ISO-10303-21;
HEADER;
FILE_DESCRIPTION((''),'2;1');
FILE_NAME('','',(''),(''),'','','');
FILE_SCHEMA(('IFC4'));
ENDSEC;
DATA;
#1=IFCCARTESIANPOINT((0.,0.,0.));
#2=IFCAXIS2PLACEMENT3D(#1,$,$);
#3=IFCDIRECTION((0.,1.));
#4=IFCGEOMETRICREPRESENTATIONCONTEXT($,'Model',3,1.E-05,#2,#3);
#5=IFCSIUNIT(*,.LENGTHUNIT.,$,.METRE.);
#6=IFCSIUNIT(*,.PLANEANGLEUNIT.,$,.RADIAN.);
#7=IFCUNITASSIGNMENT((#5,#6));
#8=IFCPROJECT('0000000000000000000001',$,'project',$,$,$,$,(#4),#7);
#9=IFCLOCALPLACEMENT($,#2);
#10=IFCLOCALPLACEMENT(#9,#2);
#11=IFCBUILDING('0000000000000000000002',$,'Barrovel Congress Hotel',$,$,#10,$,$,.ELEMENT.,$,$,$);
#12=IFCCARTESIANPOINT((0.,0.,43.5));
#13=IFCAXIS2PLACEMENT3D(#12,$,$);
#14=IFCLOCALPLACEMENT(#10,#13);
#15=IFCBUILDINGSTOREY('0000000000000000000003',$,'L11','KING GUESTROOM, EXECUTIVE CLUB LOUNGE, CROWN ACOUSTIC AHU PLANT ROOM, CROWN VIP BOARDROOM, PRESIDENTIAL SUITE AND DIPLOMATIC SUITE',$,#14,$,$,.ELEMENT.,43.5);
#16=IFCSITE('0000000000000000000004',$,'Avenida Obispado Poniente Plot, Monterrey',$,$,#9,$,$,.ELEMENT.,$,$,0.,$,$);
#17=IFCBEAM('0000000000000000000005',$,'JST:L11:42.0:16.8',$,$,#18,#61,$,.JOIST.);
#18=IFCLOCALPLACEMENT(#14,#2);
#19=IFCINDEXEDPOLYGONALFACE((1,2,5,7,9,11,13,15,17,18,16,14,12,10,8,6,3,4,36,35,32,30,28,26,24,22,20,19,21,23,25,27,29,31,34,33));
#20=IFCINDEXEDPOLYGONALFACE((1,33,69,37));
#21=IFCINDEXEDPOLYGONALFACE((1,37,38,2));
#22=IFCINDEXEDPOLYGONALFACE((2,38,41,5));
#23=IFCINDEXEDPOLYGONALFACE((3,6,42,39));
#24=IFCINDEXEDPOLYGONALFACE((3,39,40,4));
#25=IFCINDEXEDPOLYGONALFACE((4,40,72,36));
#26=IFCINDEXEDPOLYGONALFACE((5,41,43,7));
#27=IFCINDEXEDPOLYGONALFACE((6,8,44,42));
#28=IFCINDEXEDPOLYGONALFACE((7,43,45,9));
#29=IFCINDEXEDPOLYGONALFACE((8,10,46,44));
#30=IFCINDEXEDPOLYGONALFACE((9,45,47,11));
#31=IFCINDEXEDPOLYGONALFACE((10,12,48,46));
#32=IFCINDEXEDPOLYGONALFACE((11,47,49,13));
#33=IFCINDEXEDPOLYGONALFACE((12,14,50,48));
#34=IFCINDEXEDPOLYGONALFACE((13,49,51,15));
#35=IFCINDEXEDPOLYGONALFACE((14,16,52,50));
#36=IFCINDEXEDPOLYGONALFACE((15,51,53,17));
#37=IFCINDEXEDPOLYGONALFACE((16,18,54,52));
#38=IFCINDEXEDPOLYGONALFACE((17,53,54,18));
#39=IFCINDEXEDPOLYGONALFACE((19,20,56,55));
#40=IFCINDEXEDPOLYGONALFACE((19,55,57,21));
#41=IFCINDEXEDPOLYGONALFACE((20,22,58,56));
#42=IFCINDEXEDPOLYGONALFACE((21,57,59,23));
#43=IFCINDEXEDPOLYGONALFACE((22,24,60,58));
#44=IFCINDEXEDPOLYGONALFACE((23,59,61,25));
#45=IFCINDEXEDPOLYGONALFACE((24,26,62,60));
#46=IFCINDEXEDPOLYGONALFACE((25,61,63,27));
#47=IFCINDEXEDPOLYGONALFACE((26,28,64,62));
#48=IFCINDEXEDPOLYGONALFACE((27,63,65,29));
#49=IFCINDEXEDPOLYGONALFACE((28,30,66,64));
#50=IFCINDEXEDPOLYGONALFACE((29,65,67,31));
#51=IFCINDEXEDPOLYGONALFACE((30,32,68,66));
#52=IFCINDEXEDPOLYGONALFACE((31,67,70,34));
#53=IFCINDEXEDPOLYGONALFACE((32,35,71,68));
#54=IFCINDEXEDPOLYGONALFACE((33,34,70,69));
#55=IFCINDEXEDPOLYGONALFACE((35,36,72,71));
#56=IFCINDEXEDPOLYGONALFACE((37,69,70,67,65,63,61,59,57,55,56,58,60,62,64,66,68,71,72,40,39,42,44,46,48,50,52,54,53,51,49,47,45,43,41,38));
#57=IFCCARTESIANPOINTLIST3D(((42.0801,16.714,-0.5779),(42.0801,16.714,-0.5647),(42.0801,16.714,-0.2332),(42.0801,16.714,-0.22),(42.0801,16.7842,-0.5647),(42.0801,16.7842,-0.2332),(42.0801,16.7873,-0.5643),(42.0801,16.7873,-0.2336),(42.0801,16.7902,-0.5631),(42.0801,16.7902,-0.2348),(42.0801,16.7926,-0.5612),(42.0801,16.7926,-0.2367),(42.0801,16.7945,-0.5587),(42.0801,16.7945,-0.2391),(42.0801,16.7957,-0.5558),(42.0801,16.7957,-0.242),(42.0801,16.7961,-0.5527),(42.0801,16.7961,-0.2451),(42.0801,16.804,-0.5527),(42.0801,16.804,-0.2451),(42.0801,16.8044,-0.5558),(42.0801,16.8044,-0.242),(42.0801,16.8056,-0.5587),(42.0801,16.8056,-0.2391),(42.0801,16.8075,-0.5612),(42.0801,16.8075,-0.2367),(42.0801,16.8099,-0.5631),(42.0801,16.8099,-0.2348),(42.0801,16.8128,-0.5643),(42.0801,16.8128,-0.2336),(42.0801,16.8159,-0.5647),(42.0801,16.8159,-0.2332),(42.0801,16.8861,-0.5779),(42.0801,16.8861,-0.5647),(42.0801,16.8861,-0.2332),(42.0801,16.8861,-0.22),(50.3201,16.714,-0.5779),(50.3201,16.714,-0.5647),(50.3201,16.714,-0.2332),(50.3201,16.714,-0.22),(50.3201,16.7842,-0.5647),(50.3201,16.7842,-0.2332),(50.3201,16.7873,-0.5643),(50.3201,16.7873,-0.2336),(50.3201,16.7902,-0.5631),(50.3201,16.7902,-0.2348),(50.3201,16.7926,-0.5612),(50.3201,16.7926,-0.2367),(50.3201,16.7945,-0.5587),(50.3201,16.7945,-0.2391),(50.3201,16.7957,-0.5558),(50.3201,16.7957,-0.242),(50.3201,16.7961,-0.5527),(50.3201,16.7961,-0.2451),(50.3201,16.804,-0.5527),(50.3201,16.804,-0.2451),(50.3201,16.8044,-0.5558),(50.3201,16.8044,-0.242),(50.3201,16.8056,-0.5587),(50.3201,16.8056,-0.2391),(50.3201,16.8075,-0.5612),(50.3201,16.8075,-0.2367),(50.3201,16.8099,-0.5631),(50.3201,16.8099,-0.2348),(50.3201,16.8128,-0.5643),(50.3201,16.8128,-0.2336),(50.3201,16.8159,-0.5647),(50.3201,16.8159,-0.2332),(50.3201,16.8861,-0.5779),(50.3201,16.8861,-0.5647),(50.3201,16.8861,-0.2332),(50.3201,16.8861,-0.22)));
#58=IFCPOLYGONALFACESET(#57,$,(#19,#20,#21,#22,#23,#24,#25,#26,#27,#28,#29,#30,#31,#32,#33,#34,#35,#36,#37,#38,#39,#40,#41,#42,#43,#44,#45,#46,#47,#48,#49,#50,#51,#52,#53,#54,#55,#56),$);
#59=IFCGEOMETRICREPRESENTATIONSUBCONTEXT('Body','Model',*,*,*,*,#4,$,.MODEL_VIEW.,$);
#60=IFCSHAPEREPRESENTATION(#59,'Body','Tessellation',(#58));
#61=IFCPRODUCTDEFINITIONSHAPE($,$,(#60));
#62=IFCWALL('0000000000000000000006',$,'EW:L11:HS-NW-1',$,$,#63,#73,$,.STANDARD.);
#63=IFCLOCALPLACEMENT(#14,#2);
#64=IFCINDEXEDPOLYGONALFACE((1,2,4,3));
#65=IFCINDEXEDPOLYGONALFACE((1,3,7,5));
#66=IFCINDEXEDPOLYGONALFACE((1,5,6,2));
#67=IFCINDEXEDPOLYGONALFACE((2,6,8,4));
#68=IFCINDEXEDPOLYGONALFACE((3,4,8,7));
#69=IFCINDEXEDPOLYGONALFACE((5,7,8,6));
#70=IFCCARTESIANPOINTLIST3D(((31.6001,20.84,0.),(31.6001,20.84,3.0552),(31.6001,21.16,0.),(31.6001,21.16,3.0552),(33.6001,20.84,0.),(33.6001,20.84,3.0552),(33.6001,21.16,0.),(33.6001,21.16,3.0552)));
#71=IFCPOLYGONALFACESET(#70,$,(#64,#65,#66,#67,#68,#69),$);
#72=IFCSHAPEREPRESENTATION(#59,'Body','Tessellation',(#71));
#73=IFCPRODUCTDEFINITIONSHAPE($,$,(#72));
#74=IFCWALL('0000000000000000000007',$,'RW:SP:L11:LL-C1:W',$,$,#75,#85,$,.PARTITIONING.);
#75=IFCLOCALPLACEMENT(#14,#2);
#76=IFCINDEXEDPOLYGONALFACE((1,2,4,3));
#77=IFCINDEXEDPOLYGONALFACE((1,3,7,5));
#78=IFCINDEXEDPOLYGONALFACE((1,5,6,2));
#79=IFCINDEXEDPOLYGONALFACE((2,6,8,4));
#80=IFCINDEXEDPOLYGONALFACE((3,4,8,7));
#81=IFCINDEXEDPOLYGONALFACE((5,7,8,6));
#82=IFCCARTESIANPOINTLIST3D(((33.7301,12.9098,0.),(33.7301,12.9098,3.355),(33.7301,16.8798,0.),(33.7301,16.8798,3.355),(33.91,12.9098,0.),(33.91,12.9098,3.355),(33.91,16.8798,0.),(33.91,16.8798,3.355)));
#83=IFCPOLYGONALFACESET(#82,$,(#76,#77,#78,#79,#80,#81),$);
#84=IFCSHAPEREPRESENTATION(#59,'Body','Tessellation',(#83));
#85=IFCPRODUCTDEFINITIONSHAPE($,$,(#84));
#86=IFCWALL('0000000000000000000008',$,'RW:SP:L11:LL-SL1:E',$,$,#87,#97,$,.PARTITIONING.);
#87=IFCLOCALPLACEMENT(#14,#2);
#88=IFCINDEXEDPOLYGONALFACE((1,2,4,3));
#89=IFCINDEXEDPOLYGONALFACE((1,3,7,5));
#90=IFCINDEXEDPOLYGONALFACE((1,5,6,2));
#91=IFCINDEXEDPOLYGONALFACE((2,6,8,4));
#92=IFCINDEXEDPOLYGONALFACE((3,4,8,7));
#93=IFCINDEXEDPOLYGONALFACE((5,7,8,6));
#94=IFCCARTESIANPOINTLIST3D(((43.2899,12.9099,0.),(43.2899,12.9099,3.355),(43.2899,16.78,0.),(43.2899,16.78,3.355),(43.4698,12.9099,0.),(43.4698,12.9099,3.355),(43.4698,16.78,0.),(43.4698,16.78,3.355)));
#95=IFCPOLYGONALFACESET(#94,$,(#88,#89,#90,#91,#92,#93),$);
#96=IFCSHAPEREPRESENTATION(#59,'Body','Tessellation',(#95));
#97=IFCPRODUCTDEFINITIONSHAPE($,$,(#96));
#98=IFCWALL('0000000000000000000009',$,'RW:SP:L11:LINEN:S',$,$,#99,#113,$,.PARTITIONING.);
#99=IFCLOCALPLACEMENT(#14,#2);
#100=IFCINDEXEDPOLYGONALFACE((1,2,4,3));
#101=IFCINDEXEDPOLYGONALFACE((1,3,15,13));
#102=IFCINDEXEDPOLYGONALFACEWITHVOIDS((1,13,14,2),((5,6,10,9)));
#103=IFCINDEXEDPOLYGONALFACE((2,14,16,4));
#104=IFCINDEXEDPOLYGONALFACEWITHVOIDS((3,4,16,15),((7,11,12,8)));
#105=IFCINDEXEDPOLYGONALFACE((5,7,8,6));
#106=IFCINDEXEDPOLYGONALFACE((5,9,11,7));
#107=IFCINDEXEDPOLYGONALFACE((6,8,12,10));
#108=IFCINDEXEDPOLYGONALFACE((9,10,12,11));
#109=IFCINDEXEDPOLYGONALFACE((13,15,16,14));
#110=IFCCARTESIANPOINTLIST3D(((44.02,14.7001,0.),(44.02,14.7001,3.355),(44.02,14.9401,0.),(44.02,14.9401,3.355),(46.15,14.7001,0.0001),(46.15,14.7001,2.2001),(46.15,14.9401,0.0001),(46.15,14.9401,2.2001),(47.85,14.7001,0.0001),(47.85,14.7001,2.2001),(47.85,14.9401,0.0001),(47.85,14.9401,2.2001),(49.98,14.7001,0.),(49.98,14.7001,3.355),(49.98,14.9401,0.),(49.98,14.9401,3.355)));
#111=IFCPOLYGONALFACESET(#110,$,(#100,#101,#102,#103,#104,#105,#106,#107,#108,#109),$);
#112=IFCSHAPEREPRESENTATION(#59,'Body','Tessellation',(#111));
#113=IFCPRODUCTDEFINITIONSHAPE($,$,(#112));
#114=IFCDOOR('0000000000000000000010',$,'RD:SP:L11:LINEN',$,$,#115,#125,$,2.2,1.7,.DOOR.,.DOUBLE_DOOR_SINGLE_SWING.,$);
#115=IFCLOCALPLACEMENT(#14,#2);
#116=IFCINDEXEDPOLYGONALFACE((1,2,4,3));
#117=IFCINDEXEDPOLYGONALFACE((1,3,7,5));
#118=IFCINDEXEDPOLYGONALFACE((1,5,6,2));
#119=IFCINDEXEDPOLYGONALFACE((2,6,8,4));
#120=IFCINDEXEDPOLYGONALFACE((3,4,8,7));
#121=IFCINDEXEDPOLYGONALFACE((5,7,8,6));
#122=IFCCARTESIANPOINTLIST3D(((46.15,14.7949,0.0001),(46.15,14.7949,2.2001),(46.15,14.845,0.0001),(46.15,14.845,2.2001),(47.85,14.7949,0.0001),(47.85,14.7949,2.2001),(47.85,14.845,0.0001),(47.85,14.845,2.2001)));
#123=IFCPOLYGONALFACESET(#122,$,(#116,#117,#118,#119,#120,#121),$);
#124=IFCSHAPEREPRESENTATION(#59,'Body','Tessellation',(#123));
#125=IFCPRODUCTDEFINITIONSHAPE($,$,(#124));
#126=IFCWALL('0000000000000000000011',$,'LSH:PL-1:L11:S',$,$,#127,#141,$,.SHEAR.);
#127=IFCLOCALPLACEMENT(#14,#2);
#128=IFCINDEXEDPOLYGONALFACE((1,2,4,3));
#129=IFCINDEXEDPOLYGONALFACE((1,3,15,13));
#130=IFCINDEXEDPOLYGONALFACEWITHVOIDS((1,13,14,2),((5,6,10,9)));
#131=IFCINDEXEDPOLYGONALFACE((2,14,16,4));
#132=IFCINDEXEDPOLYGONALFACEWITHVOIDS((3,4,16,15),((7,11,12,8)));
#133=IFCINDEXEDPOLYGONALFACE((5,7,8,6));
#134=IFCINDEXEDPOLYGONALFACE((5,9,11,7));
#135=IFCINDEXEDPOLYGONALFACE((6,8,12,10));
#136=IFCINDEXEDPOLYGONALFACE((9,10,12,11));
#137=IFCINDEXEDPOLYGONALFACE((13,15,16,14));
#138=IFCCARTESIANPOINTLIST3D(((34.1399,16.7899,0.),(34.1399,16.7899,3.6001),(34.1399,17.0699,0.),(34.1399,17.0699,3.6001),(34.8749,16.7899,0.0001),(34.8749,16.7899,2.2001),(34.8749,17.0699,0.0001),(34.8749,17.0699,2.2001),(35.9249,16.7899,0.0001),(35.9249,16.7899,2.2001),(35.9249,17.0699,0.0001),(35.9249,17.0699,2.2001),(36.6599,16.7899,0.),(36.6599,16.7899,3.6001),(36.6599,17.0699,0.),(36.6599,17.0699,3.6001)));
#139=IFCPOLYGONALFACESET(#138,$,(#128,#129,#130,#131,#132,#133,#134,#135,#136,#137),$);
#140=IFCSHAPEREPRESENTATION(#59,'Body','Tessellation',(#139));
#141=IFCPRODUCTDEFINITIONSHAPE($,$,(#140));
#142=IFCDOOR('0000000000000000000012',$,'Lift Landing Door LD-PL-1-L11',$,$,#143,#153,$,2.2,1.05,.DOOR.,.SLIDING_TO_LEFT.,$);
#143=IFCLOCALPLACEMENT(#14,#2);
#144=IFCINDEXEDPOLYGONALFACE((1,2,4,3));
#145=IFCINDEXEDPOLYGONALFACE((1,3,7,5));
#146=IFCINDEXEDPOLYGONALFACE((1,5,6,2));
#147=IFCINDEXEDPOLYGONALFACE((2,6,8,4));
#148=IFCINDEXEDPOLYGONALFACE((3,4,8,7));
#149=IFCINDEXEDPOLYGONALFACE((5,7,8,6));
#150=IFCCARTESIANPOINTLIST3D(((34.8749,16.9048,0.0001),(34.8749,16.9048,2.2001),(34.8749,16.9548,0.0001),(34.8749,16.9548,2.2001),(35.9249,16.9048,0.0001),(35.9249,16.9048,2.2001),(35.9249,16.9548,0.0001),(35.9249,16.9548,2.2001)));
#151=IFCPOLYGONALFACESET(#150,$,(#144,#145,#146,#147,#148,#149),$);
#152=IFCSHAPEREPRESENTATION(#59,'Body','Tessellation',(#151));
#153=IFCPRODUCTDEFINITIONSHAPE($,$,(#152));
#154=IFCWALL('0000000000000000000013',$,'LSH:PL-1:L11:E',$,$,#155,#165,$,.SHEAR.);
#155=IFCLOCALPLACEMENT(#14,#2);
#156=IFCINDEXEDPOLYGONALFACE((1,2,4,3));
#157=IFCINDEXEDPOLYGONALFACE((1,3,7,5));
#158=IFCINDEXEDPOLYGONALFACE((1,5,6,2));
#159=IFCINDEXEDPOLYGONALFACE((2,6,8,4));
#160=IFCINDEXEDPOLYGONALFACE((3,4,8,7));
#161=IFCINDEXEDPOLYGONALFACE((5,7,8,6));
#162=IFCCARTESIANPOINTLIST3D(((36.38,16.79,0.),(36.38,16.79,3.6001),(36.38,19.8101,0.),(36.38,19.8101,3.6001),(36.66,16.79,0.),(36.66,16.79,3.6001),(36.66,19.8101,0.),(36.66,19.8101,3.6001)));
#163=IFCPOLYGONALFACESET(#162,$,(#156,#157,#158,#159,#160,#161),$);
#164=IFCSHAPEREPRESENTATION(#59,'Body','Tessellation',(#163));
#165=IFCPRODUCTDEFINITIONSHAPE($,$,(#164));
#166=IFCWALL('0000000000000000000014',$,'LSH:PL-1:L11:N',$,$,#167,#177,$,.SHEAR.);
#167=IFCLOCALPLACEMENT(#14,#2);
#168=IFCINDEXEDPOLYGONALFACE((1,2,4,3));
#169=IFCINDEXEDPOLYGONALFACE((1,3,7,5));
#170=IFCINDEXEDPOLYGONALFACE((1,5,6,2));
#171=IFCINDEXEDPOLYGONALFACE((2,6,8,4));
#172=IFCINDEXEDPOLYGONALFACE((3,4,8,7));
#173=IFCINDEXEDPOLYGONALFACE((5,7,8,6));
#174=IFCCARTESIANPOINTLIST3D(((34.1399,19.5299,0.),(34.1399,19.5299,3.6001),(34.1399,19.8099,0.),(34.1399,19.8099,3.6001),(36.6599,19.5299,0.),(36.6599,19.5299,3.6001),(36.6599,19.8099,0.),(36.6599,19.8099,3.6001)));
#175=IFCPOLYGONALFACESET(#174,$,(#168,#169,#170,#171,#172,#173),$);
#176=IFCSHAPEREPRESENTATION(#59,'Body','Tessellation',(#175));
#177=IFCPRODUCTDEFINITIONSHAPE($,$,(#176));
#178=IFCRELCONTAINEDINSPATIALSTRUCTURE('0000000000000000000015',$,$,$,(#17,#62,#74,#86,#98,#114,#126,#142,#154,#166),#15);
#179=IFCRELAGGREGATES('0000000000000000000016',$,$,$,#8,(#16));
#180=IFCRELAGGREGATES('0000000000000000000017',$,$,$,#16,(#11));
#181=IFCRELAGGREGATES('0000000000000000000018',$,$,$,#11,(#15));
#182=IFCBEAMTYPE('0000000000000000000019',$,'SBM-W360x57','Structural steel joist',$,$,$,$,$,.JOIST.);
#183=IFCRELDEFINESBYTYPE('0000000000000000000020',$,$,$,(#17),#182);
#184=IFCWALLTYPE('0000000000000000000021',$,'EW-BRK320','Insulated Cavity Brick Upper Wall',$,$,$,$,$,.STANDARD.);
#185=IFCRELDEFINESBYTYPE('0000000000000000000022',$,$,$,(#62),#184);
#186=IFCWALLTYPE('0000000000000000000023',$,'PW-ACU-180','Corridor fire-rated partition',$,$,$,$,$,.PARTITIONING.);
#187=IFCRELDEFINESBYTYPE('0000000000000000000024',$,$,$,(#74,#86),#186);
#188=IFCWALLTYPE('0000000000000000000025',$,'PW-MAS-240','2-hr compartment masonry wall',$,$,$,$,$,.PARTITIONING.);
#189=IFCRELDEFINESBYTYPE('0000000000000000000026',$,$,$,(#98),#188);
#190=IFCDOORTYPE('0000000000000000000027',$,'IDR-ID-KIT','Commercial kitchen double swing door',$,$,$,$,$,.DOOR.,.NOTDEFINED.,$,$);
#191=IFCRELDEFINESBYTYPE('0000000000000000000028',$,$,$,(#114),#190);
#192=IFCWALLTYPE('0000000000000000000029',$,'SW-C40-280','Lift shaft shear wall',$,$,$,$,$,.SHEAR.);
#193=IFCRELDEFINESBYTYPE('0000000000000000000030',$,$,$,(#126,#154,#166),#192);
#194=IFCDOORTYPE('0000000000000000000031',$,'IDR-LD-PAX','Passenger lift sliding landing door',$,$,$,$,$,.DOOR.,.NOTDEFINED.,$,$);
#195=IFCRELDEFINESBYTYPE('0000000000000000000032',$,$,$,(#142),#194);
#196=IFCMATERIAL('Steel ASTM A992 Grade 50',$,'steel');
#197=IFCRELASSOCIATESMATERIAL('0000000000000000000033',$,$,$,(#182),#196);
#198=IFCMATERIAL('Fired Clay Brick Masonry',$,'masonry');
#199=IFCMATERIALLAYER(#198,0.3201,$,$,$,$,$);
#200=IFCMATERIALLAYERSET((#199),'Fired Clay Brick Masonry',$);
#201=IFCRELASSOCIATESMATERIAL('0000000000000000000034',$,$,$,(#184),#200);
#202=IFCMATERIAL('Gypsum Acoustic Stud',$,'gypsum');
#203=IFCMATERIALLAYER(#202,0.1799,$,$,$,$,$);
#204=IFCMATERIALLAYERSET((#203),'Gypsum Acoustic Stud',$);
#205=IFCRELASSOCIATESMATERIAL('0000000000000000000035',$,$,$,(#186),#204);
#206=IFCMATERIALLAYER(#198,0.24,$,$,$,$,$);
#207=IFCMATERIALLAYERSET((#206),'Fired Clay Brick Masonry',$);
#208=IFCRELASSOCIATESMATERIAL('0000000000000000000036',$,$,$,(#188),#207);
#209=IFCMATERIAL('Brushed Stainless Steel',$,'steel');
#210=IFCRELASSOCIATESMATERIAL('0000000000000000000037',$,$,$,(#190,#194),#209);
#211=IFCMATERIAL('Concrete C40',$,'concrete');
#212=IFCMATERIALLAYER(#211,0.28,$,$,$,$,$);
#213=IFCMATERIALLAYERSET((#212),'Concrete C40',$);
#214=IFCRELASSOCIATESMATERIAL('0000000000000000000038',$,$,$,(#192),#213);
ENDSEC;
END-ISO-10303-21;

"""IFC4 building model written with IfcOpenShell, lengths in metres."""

from ifc_helpers import new_model, si_unit, direction, frame, frame_2d, origin, origin_2d, place, context, subcontext, project, spatial, rectangle, i_section, extrude, material, layer, layer_set, material_profile, profile_set, type_object, element, fill, save


model = new_model("IFC4")

# Units and contexts
model_context = context("Model", 3, precision=1e-05, world=origin(), true_north=direction((0.0, 1.0)))
body_context = subcontext(model_context, "Body", "Model", "MODEL_VIEW")
ifc_project = project(units=[si_unit("LENGTHUNIT", "METRE"), si_unit("PLANEANGLEUNIT", "RADIAN")], contexts=[model_context])

# Site, building, storey
site_placement = place(None, origin())
site = spatial("IfcSite", under=ifc_project, at=site_placement, Name="Avenida Obispado Poniente Plot, Monterrey", CompositionType="ELEMENT", RefElevation=0.0)
building_placement = place(site_placement, origin())
building = spatial("IfcBuilding", under=site, at=building_placement, Name="Barrovel Congress Hotel", CompositionType="ELEMENT")
storey_placement = place(building_placement, frame((0.0, 0.0, 43.5)))
storey = spatial("IfcBuildingStorey", under=building, at=storey_placement, Name="L11", Description="KING GUESTROOM, EXECUTIVE CLUB LOUNGE, CROWN ACOUSTIC AHU PLANT ROOM, CROWN VIP BOARDROOM, PRESIDENTIAL SUITE AND DIPLOMATIC SUITE", CompositionType="ELEMENT", Elevation=43.5)

# Shared definitions
ifc_material_1 = material(Name="Concrete C40", Category="concrete")

# Beam
ifc_material_2 = material(Name="Steel ASTM A992 Grade 50", Category="steel")
ifc_material_profile_1 = material_profile(ifc_material_2, i_section(OverallWidth=0.1721, OverallDepth=0.3579, WebThickness=0.0078, FlangeThickness=0.0132, FilletRadius=0.012, at=origin_2d()), Name="W360x57")
ifc_profile_set_1 = profile_set([ifc_material_profile_1], Name="Steel ASTM A992 Grade 50")
beam_type_1 = type_object("IfcBeamType", Name="SBM-W360x57", Description="Structural steel joist", PredefinedType="JOIST", material=ifc_profile_set_1)
beam_1_placement = place(storey_placement, frame((42.0801, 16.8, -0.3989), z_axis=(1.0, 0.0, 0.0), x_axis=(0.0, 1.0, 0.0)))
element("IfcBeam", 1, at=beam_1_placement, inside=storey, type_object=beam_type_1, Name="JST:L11:42.0:16.8", PredefinedType="JOIST", context=body_context, shape_type="SweptSolid", body=[
    extrude(i_section(OverallWidth=0.1721, OverallDepth=0.3579, WebThickness=0.0078, FlangeThickness=0.0132, FilletRadius=0.012, at=origin_2d()), origin(), (0.0, 0.0, 1.0), 8.24),
])

# Walls
ifc_material_3 = material(Name="Fired Clay Brick Masonry", Category="masonry")
ifc_layer_1 = layer(ifc_material_3, 0.3201)
ifc_layer_set_1 = layer_set([ifc_layer_1], Name="Fired Clay Brick Masonry")
wall_type_1 = type_object("IfcWallType", Name="EW-BRK320", Description="Insulated Cavity Brick Upper Wall", PredefinedType="STANDARD", material=ifc_layer_set_1)
wall_1_placement = place(storey_placement, frame((33.6001, 21.0, 0.0), z_axis=(0.0, 0.0, 1.0), x_axis=(-1.0, 0.0, 0.0)))
element("IfcWall", 2, at=wall_1_placement, inside=storey, type_object=wall_type_1, Name="EW:L11:HS-NW-1", PredefinedType="STANDARD", context=body_context, shape_type="SweptSolid", body=[
    extrude(rectangle(XDim=2.0, YDim=0.3201, at=frame_2d((1.0, 0.0))), origin(), (0.0, 0.0, 1.0), 3.0552),
])
ifc_material_4 = material(Name="Gypsum Acoustic Stud", Category="gypsum")
ifc_layer_2 = layer(ifc_material_4, 0.1799)
ifc_layer_set_2 = layer_set([ifc_layer_2], Name="Gypsum Acoustic Stud")
wall_type_2 = type_object("IfcWallType", Name="PW-ACU-180", Description="Corridor fire-rated partition", PredefinedType="PARTITIONING", material=ifc_layer_set_2)
wall_2_placement = place(storey_placement, frame((33.8201, 12.9099, 0.0), z_axis=(0.0, 0.0, 1.0), x_axis=(0.0, 1.0, 0.0)))
element("IfcWall", 3, at=wall_2_placement, inside=storey, type_object=wall_type_2, Name="RW:SP:L11:LL-C1:W", PredefinedType="PARTITIONING", context=body_context, shape_type="SweptSolid", body=[
    extrude(rectangle(XDim=3.97, YDim=0.1799, at=frame_2d((1.9849, 0.0))), origin(), (0.0, 0.0, 1.0), 3.355),
])

# Wall
wall_3_placement = place(storey_placement, frame((43.3799, 12.9099, 0.0), z_axis=(0.0, 0.0, 1.0), x_axis=(0.0, 1.0, 0.0)))
element("IfcWall", 4, at=wall_3_placement, inside=storey, type_object=wall_type_2, Name="RW:SP:L11:LL-SL1:E", PredefinedType="PARTITIONING", context=body_context, shape_type="SweptSolid", body=[
    extrude(rectangle(XDim=3.8701, YDim=0.1799, at=frame_2d((1.9351, 0.0))), origin(), (0.0, 0.0, 1.0), 3.355),
])

# Walls, openings, doors
ifc_layer_3 = layer(ifc_material_3, 0.24)
ifc_layer_set_3 = layer_set([ifc_layer_3], Name="Fired Clay Brick Masonry")
wall_type_3 = type_object("IfcWallType", Name="PW-MAS-240", Description="2-hr compartment masonry wall", PredefinedType="PARTITIONING", material=ifc_layer_set_3)
wall_4_placement = place(storey_placement, frame((44.02, 14.8201, 0.0), z_axis=(0.0, 0.0, 1.0), x_axis=(1.0, 0.0, 0.0)))
wall_4 = element("IfcWall", 5, at=wall_4_placement, inside=storey, type_object=wall_type_3, Name="RW:SP:L11:LINEN:S", PredefinedType="PARTITIONING", context=body_context, shape_type="SweptSolid", body=[
    extrude(rectangle(XDim=5.96, YDim=0.24, at=frame_2d((2.98, 0.0))), origin(), (0.0, 0.0, 1.0), 3.355),
])
opening_1_placement = place(wall_4_placement, frame((2.1299, 0.0, 0.0)))
opening_1 = element("IfcOpeningElement", 6, at=opening_1_placement, cuts=wall_4, PredefinedType="OPENING", context=body_context, shape_type="SweptSolid", body=[
    extrude(rectangle(XDim=1.7, YDim=2.2, at=frame_2d((0.8501, 1.1001))), frame((0.0, 0.1299, 0.0), z_axis=(0.0, -1.0, 0.0), x_axis=(1.0, 0.0, 0.0)), (0.0, 0.0, 1.0), 0.26),
])
ifc_material_5 = material(Name="Brushed Stainless Steel", Category="steel")
door_type_1 = type_object("IfcDoorType", Name="IDR-ID-KIT", Description="Commercial kitchen double swing door", OperationType="NOTDEFINED", PredefinedType="DOOR", material=ifc_material_5)
door_1_placement = place(opening_1_placement, origin())
door_1 = element("IfcDoor", 7, at=door_1_placement, inside=storey, type_object=door_type_1, Name="RD:SP:L11:LINEN", OperationType="DOUBLE_DOOR_SINGLE_SWING", OverallHeight=2.2, OverallWidth=1.7, PredefinedType="DOOR", context=body_context, shape_type="SweptSolid", body=[
    extrude(rectangle(XDim=1.7, YDim=2.2, at=frame_2d((0.8501, 1.1001))), frame((0.0, 0.0249, 0.0), z_axis=(0.0, -1.0, 0.0), x_axis=(1.0, 0.0, 0.0)), (0.0, 0.0, 1.0), 0.05),
])
fill(opening_1, door_1)
ifc_layer_4 = layer(ifc_material_1, 0.28)
ifc_layer_set_4 = layer_set([ifc_layer_4], Name="Concrete C40")
wall_type_4 = type_object("IfcWallType", Name="SW-C40-280", Description="Lift shaft shear wall", PredefinedType="SHEAR", material=ifc_layer_set_4)
wall_5_placement = place(storey_placement, frame((34.1399, 16.9299, 0.0), z_axis=(0.0, 0.0, 1.0), x_axis=(1.0, 0.0, 0.0)))
wall_5 = element("IfcWall", 8, at=wall_5_placement, inside=storey, type_object=wall_type_4, Name="LSH:PL-1:L11:S", PredefinedType="SHEAR", context=body_context, shape_type="SweptSolid", body=[
    extrude(rectangle(XDim=2.52, YDim=0.28, at=frame_2d((1.26, 0.0))), origin(), (0.0, 0.0, 1.0), 3.6001),
])
opening_2_placement = place(wall_5_placement, frame((0.7351, 0.0, 0.0)))
opening_2 = element("IfcOpeningElement", 9, at=opening_2_placement, cuts=wall_5, PredefinedType="OPENING", context=body_context, shape_type="SweptSolid", body=[
    extrude(rectangle(XDim=1.05, YDim=2.2, at=frame_2d((0.5249, 1.1001))), frame((0.0, 0.1499, 0.0), z_axis=(0.0, -1.0, 0.0), x_axis=(1.0, 0.0, 0.0)), (0.0, 0.0, 1.0), 0.3),
])
door_type_2 = type_object("IfcDoorType", Name="IDR-LD-PAX", Description="Passenger lift sliding landing door", OperationType="NOTDEFINED", PredefinedType="DOOR", material=ifc_material_5)
door_2_placement = place(opening_2_placement, origin())
door_2 = element("IfcDoor", 10, at=door_2_placement, inside=storey, type_object=door_type_2, Name="Lift Landing Door LD-PL-1-L11", OperationType="SLIDING_TO_LEFT", OverallHeight=2.2, OverallWidth=1.05, PredefinedType="DOOR", context=body_context, shape_type="SweptSolid", body=[
    extrude(rectangle(XDim=1.05, YDim=2.2, at=frame_2d((0.5249, 1.1001))), frame((0.0, 0.0249, 0.0), z_axis=(0.0, -1.0, 0.0), x_axis=(1.0, 0.0, 0.0)), (0.0, 0.0, 1.0), 0.05),
])
fill(opening_2, door_2)

# Walls
wall_6_placement = place(storey_placement, frame((36.52, 16.79, 0.0), z_axis=(0.0, 0.0, 1.0), x_axis=(0.0, 1.0, 0.0)))
element("IfcWall", 11, at=wall_6_placement, inside=storey, type_object=wall_type_4, Name="LSH:PL-1:L11:E", PredefinedType="SHEAR", context=body_context, shape_type="SweptSolid", body=[
    extrude(rectangle(XDim=3.02, YDim=0.28, at=frame_2d((1.51, 0.0))), origin(), (0.0, 0.0, 1.0), 3.6001),
])
wall_7_placement = place(storey_placement, frame((36.6599, 19.6699, 0.0), z_axis=(0.0, 0.0, 1.0), x_axis=(-1.0, 0.0, 0.0)))
element("IfcWall", 12, at=wall_7_placement, inside=storey, type_object=wall_type_4, Name="LSH:PL-1:L11:N", PredefinedType="SHEAR", context=body_context, shape_type="SweptSolid", body=[
    extrude(rectangle(XDim=2.52, YDim=0.28, at=frame_2d((1.26, 0.0))), origin(), (0.0, 0.0, 1.0), 3.6001),
])

save(model, "model.ifc")
